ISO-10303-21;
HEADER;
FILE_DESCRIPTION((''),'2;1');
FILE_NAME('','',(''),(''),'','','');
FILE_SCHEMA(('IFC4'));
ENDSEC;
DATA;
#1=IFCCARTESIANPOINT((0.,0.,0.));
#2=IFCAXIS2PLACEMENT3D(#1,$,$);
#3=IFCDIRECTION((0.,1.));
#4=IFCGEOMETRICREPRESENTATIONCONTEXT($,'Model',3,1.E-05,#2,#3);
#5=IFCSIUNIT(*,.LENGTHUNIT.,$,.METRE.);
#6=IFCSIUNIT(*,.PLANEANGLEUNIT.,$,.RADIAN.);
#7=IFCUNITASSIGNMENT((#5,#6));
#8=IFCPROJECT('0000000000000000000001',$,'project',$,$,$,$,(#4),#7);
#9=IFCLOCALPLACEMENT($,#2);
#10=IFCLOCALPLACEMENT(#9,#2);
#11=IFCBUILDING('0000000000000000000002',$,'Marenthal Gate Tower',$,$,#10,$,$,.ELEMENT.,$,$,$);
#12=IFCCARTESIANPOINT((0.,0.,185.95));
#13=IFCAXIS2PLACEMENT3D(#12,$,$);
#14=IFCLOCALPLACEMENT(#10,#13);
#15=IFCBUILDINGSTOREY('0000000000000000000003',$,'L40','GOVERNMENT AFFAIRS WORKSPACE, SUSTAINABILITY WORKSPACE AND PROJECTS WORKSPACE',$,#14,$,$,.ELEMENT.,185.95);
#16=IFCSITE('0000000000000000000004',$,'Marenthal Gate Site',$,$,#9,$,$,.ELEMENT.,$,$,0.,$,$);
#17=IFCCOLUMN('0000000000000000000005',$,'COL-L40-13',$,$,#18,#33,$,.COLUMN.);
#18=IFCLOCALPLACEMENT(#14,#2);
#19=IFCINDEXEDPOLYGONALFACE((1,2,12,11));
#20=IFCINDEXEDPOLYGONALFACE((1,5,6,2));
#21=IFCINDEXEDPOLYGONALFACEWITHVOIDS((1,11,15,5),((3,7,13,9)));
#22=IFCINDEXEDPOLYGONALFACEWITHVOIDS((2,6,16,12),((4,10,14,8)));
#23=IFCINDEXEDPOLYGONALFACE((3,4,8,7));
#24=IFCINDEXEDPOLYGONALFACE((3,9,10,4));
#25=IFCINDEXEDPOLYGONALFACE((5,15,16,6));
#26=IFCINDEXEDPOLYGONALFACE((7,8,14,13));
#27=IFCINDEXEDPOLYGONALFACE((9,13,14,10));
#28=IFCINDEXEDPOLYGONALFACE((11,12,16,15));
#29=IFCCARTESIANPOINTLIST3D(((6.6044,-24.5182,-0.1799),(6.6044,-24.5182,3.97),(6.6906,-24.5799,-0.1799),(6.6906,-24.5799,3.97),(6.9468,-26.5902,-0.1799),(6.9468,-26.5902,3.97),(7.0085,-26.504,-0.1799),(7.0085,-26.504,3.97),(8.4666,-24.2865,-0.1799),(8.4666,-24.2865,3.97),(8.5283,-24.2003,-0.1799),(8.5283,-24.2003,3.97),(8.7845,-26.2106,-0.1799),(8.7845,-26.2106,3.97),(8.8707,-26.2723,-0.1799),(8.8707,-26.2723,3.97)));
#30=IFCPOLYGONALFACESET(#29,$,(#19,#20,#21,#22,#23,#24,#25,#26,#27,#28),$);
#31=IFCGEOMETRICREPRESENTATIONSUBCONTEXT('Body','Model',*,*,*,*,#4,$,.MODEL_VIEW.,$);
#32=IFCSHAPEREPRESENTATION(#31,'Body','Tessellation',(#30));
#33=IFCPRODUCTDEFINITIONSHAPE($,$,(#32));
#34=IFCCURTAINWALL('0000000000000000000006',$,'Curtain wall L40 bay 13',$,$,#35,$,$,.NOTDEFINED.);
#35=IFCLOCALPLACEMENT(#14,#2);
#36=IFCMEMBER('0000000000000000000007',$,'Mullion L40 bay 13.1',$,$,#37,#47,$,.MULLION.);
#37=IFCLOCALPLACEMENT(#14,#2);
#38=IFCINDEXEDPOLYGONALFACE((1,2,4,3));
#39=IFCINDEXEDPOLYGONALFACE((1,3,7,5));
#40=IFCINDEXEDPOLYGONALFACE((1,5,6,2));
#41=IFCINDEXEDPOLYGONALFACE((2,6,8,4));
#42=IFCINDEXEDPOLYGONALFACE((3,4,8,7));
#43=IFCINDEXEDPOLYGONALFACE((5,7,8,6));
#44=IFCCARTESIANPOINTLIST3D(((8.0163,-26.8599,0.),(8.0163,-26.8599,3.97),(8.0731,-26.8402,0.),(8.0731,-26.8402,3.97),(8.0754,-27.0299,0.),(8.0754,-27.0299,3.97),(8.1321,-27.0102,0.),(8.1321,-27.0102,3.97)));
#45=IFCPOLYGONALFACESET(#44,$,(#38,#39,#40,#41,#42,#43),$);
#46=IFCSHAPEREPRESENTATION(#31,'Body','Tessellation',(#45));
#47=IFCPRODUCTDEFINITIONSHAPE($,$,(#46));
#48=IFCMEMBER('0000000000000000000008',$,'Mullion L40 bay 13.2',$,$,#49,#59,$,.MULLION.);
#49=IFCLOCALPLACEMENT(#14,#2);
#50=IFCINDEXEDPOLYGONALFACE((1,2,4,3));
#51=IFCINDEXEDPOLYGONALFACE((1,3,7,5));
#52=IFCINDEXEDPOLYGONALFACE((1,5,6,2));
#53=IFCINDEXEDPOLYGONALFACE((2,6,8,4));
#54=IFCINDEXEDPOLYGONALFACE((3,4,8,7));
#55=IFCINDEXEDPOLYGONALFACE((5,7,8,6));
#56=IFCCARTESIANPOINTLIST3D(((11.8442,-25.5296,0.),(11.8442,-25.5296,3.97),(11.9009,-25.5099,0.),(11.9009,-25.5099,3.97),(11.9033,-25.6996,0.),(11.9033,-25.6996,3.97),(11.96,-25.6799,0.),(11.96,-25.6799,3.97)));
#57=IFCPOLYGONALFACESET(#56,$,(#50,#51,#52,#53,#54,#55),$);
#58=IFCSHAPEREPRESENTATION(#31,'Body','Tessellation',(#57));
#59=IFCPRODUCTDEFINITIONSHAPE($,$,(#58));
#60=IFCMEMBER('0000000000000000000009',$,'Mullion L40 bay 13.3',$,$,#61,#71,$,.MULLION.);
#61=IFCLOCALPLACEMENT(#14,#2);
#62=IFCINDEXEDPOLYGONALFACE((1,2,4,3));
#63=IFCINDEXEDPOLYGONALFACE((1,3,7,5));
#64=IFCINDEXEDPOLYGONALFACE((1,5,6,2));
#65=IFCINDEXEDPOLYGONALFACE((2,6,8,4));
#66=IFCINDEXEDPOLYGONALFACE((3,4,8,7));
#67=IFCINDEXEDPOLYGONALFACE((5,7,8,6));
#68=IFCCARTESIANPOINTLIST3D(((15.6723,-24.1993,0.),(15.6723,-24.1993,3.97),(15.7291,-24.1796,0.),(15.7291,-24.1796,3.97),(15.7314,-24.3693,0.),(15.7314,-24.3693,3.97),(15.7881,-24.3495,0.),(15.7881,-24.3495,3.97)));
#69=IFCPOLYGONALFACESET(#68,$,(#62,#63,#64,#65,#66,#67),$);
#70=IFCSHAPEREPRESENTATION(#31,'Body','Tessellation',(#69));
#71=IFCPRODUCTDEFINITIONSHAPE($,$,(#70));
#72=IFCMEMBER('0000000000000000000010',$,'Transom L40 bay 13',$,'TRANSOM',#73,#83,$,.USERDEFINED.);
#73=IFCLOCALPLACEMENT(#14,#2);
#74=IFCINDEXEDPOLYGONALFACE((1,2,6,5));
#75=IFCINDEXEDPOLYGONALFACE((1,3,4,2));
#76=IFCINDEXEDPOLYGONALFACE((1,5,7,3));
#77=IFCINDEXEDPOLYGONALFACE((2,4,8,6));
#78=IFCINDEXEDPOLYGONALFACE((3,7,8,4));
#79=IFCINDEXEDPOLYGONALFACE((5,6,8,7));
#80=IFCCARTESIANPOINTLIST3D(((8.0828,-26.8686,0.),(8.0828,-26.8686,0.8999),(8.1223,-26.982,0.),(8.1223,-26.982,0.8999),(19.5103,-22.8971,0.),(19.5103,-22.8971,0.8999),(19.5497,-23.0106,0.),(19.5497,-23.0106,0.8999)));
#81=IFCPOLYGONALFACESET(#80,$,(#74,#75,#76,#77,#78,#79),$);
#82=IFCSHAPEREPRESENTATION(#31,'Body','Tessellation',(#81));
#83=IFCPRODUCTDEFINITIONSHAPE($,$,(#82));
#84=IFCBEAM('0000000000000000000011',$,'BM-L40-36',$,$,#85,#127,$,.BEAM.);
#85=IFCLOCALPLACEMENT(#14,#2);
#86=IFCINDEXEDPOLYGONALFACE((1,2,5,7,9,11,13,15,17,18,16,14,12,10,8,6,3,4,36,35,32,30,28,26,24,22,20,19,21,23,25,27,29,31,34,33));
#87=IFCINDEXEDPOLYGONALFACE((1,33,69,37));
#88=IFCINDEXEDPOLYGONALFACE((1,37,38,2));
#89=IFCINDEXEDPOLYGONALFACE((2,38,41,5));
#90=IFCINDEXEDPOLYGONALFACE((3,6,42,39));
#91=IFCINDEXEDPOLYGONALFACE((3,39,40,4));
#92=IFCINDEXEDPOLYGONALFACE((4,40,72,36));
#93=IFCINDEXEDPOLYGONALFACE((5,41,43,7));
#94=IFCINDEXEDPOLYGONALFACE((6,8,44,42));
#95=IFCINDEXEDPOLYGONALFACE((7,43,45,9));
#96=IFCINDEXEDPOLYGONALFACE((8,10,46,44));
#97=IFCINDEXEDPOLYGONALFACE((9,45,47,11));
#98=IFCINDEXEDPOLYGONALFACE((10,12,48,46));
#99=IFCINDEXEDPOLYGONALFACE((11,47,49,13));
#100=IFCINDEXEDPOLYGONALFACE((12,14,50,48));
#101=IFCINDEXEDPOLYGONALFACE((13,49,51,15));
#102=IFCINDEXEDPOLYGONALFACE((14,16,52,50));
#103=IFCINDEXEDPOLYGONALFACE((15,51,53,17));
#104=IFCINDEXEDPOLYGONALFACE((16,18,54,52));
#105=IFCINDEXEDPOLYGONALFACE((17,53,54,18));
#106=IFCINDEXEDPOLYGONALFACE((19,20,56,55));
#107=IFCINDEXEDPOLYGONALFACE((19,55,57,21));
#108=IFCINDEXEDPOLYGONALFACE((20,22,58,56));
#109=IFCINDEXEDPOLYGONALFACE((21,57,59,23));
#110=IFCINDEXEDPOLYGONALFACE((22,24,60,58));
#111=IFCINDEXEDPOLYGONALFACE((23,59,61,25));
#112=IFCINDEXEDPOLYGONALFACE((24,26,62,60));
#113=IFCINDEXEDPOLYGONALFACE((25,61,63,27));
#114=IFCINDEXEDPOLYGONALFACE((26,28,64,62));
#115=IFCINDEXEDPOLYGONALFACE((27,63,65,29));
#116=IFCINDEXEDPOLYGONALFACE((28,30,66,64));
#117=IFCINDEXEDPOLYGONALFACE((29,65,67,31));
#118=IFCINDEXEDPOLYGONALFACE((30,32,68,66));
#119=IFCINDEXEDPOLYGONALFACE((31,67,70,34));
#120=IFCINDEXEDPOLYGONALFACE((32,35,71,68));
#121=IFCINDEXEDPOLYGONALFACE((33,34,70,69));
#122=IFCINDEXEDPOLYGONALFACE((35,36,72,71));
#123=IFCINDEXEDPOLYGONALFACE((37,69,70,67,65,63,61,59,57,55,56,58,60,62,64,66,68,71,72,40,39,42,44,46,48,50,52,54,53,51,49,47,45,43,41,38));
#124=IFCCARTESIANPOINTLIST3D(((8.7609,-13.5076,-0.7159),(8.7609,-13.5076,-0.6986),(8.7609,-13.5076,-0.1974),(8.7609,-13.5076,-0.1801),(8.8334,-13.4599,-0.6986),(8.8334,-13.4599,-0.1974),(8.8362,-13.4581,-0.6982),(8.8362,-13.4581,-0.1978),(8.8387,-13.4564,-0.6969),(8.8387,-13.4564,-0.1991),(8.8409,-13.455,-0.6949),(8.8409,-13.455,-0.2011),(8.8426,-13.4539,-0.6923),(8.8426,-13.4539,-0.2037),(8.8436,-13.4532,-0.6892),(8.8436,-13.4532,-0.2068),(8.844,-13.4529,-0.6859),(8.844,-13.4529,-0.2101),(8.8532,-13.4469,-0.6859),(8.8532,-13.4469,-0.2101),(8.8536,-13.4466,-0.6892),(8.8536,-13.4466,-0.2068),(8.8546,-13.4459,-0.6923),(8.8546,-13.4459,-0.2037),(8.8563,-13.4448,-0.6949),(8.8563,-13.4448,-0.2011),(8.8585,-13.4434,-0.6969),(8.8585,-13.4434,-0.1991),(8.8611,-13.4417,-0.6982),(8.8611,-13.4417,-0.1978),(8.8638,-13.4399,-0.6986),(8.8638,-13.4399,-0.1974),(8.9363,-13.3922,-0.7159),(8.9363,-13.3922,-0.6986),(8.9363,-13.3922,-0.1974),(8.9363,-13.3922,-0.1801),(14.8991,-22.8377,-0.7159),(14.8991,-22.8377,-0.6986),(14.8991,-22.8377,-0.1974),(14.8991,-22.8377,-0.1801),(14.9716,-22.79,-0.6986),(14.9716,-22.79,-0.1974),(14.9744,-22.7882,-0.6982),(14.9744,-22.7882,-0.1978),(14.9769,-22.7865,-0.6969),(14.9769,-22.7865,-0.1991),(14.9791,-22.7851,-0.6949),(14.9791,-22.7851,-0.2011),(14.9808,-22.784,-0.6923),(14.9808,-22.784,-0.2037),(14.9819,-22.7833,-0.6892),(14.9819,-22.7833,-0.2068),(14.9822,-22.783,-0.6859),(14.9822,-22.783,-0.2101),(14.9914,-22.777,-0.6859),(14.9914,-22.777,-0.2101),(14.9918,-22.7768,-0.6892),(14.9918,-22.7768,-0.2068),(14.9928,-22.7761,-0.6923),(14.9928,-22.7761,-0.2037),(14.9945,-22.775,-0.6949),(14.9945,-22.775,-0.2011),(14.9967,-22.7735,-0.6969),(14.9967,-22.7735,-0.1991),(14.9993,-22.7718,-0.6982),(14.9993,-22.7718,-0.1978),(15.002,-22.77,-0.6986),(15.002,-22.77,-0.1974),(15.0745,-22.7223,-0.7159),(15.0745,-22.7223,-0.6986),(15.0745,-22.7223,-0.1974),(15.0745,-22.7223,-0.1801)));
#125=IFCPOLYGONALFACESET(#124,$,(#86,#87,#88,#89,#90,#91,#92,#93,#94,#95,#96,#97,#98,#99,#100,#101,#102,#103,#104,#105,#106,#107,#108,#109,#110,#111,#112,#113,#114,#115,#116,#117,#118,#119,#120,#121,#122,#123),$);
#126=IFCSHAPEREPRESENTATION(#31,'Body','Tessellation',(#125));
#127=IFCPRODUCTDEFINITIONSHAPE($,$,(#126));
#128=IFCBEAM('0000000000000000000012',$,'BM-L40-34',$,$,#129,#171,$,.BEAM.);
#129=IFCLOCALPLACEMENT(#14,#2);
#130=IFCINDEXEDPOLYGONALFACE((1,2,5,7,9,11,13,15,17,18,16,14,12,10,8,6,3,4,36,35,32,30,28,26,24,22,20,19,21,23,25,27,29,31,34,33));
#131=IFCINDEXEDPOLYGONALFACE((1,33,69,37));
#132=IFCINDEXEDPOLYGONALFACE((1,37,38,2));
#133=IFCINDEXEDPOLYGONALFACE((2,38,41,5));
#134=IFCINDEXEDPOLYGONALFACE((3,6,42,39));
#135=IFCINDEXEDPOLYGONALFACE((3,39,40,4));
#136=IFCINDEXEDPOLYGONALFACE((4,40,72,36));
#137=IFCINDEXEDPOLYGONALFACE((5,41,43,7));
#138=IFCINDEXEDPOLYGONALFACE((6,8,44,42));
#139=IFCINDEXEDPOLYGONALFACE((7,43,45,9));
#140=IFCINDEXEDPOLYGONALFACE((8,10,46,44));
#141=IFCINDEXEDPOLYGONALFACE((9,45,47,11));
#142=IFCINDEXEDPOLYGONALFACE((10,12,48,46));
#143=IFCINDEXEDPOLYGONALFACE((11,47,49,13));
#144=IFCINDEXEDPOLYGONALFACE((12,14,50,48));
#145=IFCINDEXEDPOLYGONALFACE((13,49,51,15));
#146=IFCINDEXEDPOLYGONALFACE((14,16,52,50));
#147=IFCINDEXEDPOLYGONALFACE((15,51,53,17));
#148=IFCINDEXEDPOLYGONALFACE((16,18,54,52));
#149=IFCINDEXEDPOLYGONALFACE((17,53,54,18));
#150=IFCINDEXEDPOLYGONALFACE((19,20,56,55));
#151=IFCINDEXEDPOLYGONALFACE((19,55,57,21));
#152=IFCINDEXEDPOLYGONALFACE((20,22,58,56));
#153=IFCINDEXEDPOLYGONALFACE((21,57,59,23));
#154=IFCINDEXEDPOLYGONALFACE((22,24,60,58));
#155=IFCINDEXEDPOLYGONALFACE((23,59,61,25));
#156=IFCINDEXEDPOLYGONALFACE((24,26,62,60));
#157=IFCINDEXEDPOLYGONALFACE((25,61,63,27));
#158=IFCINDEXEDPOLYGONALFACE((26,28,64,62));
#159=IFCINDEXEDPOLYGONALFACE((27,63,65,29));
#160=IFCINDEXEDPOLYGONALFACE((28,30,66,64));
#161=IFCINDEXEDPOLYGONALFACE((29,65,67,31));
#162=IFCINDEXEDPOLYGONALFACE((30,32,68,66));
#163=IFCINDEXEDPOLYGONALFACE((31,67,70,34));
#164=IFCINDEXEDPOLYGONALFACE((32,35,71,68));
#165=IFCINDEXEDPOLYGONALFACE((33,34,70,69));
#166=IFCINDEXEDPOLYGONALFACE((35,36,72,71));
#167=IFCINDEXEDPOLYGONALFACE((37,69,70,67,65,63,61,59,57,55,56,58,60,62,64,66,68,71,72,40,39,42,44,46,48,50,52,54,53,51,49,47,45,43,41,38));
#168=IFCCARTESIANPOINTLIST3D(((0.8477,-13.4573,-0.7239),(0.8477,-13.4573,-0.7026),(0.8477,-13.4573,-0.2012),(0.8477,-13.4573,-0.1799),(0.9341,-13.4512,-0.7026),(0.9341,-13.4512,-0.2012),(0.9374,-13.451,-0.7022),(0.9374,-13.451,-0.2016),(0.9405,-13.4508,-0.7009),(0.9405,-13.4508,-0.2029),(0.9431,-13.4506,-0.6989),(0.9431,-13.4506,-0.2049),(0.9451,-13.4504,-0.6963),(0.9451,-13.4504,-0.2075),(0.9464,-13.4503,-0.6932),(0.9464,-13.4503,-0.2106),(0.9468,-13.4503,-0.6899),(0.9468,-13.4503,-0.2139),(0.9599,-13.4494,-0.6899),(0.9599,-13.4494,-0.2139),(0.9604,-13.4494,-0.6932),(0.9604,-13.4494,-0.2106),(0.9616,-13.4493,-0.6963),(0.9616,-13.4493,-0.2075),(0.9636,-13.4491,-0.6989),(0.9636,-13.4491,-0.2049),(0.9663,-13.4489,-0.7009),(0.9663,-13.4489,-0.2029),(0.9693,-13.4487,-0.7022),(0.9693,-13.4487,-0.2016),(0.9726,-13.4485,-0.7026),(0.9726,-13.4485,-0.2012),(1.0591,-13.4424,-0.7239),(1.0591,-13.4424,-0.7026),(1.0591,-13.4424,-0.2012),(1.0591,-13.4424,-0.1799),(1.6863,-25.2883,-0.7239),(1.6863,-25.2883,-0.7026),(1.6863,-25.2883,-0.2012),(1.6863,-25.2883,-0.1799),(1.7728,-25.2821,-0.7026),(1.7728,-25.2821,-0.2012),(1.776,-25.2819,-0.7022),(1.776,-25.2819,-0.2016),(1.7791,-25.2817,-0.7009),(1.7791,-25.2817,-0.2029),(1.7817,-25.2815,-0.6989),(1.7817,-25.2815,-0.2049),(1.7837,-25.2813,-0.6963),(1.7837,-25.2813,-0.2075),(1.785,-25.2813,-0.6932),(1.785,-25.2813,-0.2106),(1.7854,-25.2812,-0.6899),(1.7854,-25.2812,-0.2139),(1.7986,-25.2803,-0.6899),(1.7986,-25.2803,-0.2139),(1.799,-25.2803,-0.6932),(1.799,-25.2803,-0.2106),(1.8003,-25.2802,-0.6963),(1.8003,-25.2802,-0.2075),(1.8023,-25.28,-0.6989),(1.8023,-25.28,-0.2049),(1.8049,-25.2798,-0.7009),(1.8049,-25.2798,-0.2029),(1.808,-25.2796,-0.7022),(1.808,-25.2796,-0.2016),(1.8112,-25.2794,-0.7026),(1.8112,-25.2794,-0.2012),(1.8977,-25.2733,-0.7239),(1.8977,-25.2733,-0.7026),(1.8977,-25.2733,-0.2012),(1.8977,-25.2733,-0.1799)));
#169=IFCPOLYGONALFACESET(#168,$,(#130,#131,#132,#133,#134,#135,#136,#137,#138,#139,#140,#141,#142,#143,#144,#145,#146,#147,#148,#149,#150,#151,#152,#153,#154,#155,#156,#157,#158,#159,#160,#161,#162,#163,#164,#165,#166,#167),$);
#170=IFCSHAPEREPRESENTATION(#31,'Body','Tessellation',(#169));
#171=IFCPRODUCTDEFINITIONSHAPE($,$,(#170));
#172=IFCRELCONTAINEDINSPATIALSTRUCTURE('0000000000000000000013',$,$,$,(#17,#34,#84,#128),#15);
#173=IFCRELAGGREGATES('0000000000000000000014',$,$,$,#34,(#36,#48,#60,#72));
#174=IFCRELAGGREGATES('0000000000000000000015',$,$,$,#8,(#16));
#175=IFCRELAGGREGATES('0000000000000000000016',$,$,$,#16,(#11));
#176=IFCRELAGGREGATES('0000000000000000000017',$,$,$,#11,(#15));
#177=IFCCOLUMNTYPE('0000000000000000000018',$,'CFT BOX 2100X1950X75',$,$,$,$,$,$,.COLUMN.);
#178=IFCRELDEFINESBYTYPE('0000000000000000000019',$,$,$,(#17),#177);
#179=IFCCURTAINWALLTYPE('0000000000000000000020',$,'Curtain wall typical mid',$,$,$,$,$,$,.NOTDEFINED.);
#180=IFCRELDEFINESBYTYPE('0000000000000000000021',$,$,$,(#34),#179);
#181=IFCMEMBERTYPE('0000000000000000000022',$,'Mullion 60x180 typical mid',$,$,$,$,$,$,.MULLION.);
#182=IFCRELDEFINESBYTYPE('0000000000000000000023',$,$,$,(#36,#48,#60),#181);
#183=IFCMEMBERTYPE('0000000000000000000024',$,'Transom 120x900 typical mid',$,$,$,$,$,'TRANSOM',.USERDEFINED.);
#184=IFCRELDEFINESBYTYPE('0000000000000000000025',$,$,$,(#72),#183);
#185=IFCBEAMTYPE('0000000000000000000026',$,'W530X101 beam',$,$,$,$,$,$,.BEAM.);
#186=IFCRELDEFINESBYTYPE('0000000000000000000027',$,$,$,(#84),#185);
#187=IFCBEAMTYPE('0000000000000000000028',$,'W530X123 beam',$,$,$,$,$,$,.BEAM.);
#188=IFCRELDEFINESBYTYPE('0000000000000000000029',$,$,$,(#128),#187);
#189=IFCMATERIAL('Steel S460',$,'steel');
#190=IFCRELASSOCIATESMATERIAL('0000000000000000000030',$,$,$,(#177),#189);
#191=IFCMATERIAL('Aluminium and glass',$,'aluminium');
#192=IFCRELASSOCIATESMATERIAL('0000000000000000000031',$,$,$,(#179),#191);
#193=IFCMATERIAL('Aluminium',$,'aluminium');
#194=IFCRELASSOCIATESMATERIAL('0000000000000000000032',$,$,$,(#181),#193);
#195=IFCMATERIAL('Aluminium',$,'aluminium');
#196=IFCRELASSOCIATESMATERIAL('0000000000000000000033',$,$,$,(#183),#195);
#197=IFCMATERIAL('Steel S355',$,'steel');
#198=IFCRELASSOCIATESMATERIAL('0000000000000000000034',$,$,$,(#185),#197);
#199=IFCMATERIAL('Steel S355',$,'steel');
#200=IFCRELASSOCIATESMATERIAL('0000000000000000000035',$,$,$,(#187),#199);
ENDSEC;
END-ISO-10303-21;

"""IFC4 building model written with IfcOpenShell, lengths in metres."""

from ifc_helpers import new_model, si_unit, direction, frame, origin, origin_2d, place, context, subcontext, project, spatial, rectangle, hollow_rectangle, i_section, extrude, material, material_profile, profile_set, type_object, element, aggregate, save


model = new_model("IFC4")

# Units and contexts
model_context = context("Model", 3, precision=1e-05, world=origin(), true_north=direction((0.0, 1.0)))
body_context = subcontext(model_context, "Body", "Model", "MODEL_VIEW")
ifc_project = project(units=[si_unit("LENGTHUNIT", "METRE"), si_unit("PLANEANGLEUNIT", "RADIAN")], contexts=[model_context])

# Site, building, storey
site_placement = place(None, origin())
site = spatial("IfcSite", under=ifc_project, at=site_placement, Name="Marenthal Gate Site", CompositionType="ELEMENT", RefElevation=0.0)
building_placement = place(site_placement, origin())
building = spatial("IfcBuilding", under=site, at=building_placement, Name="Marenthal Gate Tower", CompositionType="ELEMENT")
storey_placement = place(building_placement, frame((0.0, 0.0, 185.95)))
storey = spatial("IfcBuildingStorey", under=building, at=storey_placement, Name="L40", Description="GOVERNMENT AFFAIRS WORKSPACE, SUSTAINABILITY WORKSPACE AND PROJECTS WORKSPACE", CompositionType="ELEMENT", Elevation=185.95)

# Column
ifc_material_1 = material(Name="Steel S460", Category="steel")
ifc_material_profile_1 = material_profile(ifc_material_1, hollow_rectangle(XDim=1.95, YDim=2.1001, WallThickness=0.075, at=origin_2d()), Name="CFT BOX 2100X1950X75")
ifc_material_2 = material(Name="Concrete 70 MPa", Category="concrete")
ifc_material_profile_2 = material_profile(ifc_material_2, rectangle(XDim=1.8, YDim=1.95, at=origin_2d()), Name="CFT BOX 2100X1950X75 INFILL")
ifc_profile_set_1 = profile_set([ifc_material_profile_1, ifc_material_profile_2], Name="Steel S460 shell, Concrete 70 MPa infill")
column_type = type_object("IfcColumnType", Name="CFT BOX 2100X1950X75", PredefinedType="COLUMN", material=ifc_profile_set_1)
column_placement = place(storey_placement, frame((7.7375, -25.3953, -0.1799), z_axis=(0.0, 0.0, 1.0), x_axis=(-0.986623, -0.163018, 0.0)))
element("IfcColumn", 1, at=column_placement, inside=storey, type_object=column_type, Name="COL-L40-13", PredefinedType="COLUMN", context=body_context, shape_type="SweptSolid", body=[
    extrude(hollow_rectangle(XDim=1.95, YDim=2.1001, WallThickness=0.075, at=origin_2d()), origin(), (0.0, 0.0, 1.0), 4.1499),
])

# Curtain wall, members
ifc_material_3 = material(Name="Aluminium and glass", Category="aluminium")
curtain_wall_type = type_object("IfcCurtainWallType", Name="Curtain wall typical mid", PredefinedType="NOTDEFINED", material=ifc_material_3)
curtain_wall_placement = place(storey_placement, origin())
curtain_wall = element("IfcCurtainWall", 2, at=curtain_wall_placement, inside=storey, type_object=curtain_wall_type, Name="Curtain wall L40 bay 13", PredefinedType="NOTDEFINED")
ifc_material_4 = material(Name="Aluminium", Category="aluminium")
ifc_material_profile_3 = material_profile(ifc_material_4, rectangle(XDim=0.1799, YDim=0.0601, at=origin_2d()), Name="60x180 aluminium mullion")
ifc_profile_set_2 = profile_set([ifc_material_profile_3], Name="Aluminium")
member_type_1 = type_object("IfcMemberType", Name="Mullion 60x180 typical mid", PredefinedType="MULLION", material=ifc_profile_set_2)
member_1_placement = place(storey_placement, frame((8.0742, -26.9351, 0.0), z_axis=(0.0, 0.0, 1.0), x_axis=(-0.328273, 0.944583, 0.0)))
member_1 = element("IfcMember", 3, at=member_1_placement, type_object=member_type_1, Name="Mullion L40 bay 13.1", PredefinedType="MULLION", context=body_context, shape_type="SweptSolid", body=[
    extrude(rectangle(XDim=0.1799, YDim=0.0601, at=origin_2d()), origin(), (0.0, 0.0, 1.0), 3.97),
])
member_2_placement = place(storey_placement, frame((11.9021, -25.6047, 0.0), z_axis=(0.0, 0.0, 1.0), x_axis=(-0.328273, 0.944583, 0.0)))
member_2 = element("IfcMember", 4, at=member_2_placement, type_object=member_type_1, Name="Mullion L40 bay 13.2", PredefinedType="MULLION", context=body_context, shape_type="SweptSolid", body=[
    extrude(rectangle(XDim=0.1799, YDim=0.0601, at=origin_2d()), origin(), (0.0, 0.0, 1.0), 3.97),
])
member_3_placement = place(storey_placement, frame((15.7302, -24.2744, 0.0), z_axis=(0.0, 0.0, 1.0), x_axis=(-0.328273, 0.944583, 0.0)))
member_3 = element("IfcMember", 5, at=member_3_placement, type_object=member_type_1, Name="Mullion L40 bay 13.3", PredefinedType="MULLION", context=body_context, shape_type="SweptSolid", body=[
    extrude(rectangle(XDim=0.1799, YDim=0.0601, at=origin_2d()), origin(), (0.0, 0.0, 1.0), 3.97),
])
ifc_material_5 = material(Name="Aluminium", Category="aluminium")
ifc_material_profile_4 = material_profile(ifc_material_5, rectangle(XDim=0.1201, YDim=0.8999, at=origin_2d()), Name="120x900 aluminium transom")
ifc_profile_set_3 = profile_set([ifc_material_profile_4], Name="Aluminium")
member_type_2 = type_object("IfcMemberType", Name="Transom 120x900 typical mid", ElementType="TRANSOM", PredefinedType="USERDEFINED", material=ifc_profile_set_3)
member_4_placement = place(storey_placement, frame((8.1025, -26.9253, 0.45), z_axis=(0.944583, 0.328274, 0.0), x_axis=(-0.328274, 0.944583, 0.0)))
member_4 = element("IfcMember", 6, at=member_4_placement, type_object=member_type_2, Name="Transom L40 bay 13", ObjectType="TRANSOM", PredefinedType="USERDEFINED", context=body_context, shape_type="SweptSolid", body=[
    extrude(rectangle(XDim=0.1201, YDim=0.8999, at=origin_2d()), origin(), (0.0, 0.0, 1.0), 12.0979),
])

# Beams
ifc_material_6 = material(Name="Steel S355", Category="steel")
ifc_material_profile_5 = material_profile(ifc_material_6, i_section(OverallWidth=0.21, OverallDepth=0.5359, WebThickness=0.011, FlangeThickness=0.0173, FilletRadius=0.0127, at=origin_2d()), Name="W530X101")
ifc_profile_set_4 = profile_set([ifc_material_profile_5], Name="Steel S355")
beam_type_1 = type_object("IfcBeamType", Name="W530X101 beam", PredefinedType="BEAM", material=ifc_profile_set_4)
beam_1_placement = place(storey_placement, frame((14.9868, -22.78, -0.448), z_axis=(-0.549615, 0.835418, 0.0), x_axis=(-0.835418, -0.549615, 0.0)))
element("IfcBeam", 7, at=beam_1_placement, inside=storey, type_object=beam_type_1, Name="BM-L40-36", PredefinedType="BEAM", context=body_context, shape_type="SweptSolid", body=[
    extrude(i_section(OverallWidth=0.21, OverallDepth=0.5359, WebThickness=0.011, FlangeThickness=0.0173, FilletRadius=0.0127, at=origin_2d()), origin(), (0.0, 0.0, 1.0), 11.1682),
])
ifc_material_7 = material(Name="Steel S355", Category="steel")
ifc_material_profile_6 = material_profile(ifc_material_7, i_section(OverallWidth=0.2119, OverallDepth=0.5439, WebThickness=0.0132, FlangeThickness=0.0212, FilletRadius=0.0127, at=origin_2d()), Name="W530X123")
ifc_profile_set_5 = profile_set([ifc_material_profile_6], Name="Steel S355")
beam_type_2 = type_object("IfcBeamType", Name="W530X123 beam", PredefinedType="BEAM", material=ifc_profile_set_5)
beam_2_placement = place(storey_placement, frame((1.792, -25.2808, -0.4519), z_axis=(-0.070707, 0.997497, 0.0), x_axis=(-0.997497, -0.070707, 0.0)))
element("IfcBeam", 8, at=beam_2_placement, inside=storey, type_object=beam_type_2, Name="BM-L40-34", PredefinedType="BEAM", context=body_context, shape_type="SweptSolid", body=[
    extrude(i_section(OverallWidth=0.2119, OverallDepth=0.5439, WebThickness=0.0132, FlangeThickness=0.0212, FilletRadius=0.0127, at=origin_2d()), origin(), (0.0, 0.0, 1.0), 11.8606),
])

aggregate(curtain_wall, [member_1, member_2, member_3, member_4])

save(model, "model.ifc")
